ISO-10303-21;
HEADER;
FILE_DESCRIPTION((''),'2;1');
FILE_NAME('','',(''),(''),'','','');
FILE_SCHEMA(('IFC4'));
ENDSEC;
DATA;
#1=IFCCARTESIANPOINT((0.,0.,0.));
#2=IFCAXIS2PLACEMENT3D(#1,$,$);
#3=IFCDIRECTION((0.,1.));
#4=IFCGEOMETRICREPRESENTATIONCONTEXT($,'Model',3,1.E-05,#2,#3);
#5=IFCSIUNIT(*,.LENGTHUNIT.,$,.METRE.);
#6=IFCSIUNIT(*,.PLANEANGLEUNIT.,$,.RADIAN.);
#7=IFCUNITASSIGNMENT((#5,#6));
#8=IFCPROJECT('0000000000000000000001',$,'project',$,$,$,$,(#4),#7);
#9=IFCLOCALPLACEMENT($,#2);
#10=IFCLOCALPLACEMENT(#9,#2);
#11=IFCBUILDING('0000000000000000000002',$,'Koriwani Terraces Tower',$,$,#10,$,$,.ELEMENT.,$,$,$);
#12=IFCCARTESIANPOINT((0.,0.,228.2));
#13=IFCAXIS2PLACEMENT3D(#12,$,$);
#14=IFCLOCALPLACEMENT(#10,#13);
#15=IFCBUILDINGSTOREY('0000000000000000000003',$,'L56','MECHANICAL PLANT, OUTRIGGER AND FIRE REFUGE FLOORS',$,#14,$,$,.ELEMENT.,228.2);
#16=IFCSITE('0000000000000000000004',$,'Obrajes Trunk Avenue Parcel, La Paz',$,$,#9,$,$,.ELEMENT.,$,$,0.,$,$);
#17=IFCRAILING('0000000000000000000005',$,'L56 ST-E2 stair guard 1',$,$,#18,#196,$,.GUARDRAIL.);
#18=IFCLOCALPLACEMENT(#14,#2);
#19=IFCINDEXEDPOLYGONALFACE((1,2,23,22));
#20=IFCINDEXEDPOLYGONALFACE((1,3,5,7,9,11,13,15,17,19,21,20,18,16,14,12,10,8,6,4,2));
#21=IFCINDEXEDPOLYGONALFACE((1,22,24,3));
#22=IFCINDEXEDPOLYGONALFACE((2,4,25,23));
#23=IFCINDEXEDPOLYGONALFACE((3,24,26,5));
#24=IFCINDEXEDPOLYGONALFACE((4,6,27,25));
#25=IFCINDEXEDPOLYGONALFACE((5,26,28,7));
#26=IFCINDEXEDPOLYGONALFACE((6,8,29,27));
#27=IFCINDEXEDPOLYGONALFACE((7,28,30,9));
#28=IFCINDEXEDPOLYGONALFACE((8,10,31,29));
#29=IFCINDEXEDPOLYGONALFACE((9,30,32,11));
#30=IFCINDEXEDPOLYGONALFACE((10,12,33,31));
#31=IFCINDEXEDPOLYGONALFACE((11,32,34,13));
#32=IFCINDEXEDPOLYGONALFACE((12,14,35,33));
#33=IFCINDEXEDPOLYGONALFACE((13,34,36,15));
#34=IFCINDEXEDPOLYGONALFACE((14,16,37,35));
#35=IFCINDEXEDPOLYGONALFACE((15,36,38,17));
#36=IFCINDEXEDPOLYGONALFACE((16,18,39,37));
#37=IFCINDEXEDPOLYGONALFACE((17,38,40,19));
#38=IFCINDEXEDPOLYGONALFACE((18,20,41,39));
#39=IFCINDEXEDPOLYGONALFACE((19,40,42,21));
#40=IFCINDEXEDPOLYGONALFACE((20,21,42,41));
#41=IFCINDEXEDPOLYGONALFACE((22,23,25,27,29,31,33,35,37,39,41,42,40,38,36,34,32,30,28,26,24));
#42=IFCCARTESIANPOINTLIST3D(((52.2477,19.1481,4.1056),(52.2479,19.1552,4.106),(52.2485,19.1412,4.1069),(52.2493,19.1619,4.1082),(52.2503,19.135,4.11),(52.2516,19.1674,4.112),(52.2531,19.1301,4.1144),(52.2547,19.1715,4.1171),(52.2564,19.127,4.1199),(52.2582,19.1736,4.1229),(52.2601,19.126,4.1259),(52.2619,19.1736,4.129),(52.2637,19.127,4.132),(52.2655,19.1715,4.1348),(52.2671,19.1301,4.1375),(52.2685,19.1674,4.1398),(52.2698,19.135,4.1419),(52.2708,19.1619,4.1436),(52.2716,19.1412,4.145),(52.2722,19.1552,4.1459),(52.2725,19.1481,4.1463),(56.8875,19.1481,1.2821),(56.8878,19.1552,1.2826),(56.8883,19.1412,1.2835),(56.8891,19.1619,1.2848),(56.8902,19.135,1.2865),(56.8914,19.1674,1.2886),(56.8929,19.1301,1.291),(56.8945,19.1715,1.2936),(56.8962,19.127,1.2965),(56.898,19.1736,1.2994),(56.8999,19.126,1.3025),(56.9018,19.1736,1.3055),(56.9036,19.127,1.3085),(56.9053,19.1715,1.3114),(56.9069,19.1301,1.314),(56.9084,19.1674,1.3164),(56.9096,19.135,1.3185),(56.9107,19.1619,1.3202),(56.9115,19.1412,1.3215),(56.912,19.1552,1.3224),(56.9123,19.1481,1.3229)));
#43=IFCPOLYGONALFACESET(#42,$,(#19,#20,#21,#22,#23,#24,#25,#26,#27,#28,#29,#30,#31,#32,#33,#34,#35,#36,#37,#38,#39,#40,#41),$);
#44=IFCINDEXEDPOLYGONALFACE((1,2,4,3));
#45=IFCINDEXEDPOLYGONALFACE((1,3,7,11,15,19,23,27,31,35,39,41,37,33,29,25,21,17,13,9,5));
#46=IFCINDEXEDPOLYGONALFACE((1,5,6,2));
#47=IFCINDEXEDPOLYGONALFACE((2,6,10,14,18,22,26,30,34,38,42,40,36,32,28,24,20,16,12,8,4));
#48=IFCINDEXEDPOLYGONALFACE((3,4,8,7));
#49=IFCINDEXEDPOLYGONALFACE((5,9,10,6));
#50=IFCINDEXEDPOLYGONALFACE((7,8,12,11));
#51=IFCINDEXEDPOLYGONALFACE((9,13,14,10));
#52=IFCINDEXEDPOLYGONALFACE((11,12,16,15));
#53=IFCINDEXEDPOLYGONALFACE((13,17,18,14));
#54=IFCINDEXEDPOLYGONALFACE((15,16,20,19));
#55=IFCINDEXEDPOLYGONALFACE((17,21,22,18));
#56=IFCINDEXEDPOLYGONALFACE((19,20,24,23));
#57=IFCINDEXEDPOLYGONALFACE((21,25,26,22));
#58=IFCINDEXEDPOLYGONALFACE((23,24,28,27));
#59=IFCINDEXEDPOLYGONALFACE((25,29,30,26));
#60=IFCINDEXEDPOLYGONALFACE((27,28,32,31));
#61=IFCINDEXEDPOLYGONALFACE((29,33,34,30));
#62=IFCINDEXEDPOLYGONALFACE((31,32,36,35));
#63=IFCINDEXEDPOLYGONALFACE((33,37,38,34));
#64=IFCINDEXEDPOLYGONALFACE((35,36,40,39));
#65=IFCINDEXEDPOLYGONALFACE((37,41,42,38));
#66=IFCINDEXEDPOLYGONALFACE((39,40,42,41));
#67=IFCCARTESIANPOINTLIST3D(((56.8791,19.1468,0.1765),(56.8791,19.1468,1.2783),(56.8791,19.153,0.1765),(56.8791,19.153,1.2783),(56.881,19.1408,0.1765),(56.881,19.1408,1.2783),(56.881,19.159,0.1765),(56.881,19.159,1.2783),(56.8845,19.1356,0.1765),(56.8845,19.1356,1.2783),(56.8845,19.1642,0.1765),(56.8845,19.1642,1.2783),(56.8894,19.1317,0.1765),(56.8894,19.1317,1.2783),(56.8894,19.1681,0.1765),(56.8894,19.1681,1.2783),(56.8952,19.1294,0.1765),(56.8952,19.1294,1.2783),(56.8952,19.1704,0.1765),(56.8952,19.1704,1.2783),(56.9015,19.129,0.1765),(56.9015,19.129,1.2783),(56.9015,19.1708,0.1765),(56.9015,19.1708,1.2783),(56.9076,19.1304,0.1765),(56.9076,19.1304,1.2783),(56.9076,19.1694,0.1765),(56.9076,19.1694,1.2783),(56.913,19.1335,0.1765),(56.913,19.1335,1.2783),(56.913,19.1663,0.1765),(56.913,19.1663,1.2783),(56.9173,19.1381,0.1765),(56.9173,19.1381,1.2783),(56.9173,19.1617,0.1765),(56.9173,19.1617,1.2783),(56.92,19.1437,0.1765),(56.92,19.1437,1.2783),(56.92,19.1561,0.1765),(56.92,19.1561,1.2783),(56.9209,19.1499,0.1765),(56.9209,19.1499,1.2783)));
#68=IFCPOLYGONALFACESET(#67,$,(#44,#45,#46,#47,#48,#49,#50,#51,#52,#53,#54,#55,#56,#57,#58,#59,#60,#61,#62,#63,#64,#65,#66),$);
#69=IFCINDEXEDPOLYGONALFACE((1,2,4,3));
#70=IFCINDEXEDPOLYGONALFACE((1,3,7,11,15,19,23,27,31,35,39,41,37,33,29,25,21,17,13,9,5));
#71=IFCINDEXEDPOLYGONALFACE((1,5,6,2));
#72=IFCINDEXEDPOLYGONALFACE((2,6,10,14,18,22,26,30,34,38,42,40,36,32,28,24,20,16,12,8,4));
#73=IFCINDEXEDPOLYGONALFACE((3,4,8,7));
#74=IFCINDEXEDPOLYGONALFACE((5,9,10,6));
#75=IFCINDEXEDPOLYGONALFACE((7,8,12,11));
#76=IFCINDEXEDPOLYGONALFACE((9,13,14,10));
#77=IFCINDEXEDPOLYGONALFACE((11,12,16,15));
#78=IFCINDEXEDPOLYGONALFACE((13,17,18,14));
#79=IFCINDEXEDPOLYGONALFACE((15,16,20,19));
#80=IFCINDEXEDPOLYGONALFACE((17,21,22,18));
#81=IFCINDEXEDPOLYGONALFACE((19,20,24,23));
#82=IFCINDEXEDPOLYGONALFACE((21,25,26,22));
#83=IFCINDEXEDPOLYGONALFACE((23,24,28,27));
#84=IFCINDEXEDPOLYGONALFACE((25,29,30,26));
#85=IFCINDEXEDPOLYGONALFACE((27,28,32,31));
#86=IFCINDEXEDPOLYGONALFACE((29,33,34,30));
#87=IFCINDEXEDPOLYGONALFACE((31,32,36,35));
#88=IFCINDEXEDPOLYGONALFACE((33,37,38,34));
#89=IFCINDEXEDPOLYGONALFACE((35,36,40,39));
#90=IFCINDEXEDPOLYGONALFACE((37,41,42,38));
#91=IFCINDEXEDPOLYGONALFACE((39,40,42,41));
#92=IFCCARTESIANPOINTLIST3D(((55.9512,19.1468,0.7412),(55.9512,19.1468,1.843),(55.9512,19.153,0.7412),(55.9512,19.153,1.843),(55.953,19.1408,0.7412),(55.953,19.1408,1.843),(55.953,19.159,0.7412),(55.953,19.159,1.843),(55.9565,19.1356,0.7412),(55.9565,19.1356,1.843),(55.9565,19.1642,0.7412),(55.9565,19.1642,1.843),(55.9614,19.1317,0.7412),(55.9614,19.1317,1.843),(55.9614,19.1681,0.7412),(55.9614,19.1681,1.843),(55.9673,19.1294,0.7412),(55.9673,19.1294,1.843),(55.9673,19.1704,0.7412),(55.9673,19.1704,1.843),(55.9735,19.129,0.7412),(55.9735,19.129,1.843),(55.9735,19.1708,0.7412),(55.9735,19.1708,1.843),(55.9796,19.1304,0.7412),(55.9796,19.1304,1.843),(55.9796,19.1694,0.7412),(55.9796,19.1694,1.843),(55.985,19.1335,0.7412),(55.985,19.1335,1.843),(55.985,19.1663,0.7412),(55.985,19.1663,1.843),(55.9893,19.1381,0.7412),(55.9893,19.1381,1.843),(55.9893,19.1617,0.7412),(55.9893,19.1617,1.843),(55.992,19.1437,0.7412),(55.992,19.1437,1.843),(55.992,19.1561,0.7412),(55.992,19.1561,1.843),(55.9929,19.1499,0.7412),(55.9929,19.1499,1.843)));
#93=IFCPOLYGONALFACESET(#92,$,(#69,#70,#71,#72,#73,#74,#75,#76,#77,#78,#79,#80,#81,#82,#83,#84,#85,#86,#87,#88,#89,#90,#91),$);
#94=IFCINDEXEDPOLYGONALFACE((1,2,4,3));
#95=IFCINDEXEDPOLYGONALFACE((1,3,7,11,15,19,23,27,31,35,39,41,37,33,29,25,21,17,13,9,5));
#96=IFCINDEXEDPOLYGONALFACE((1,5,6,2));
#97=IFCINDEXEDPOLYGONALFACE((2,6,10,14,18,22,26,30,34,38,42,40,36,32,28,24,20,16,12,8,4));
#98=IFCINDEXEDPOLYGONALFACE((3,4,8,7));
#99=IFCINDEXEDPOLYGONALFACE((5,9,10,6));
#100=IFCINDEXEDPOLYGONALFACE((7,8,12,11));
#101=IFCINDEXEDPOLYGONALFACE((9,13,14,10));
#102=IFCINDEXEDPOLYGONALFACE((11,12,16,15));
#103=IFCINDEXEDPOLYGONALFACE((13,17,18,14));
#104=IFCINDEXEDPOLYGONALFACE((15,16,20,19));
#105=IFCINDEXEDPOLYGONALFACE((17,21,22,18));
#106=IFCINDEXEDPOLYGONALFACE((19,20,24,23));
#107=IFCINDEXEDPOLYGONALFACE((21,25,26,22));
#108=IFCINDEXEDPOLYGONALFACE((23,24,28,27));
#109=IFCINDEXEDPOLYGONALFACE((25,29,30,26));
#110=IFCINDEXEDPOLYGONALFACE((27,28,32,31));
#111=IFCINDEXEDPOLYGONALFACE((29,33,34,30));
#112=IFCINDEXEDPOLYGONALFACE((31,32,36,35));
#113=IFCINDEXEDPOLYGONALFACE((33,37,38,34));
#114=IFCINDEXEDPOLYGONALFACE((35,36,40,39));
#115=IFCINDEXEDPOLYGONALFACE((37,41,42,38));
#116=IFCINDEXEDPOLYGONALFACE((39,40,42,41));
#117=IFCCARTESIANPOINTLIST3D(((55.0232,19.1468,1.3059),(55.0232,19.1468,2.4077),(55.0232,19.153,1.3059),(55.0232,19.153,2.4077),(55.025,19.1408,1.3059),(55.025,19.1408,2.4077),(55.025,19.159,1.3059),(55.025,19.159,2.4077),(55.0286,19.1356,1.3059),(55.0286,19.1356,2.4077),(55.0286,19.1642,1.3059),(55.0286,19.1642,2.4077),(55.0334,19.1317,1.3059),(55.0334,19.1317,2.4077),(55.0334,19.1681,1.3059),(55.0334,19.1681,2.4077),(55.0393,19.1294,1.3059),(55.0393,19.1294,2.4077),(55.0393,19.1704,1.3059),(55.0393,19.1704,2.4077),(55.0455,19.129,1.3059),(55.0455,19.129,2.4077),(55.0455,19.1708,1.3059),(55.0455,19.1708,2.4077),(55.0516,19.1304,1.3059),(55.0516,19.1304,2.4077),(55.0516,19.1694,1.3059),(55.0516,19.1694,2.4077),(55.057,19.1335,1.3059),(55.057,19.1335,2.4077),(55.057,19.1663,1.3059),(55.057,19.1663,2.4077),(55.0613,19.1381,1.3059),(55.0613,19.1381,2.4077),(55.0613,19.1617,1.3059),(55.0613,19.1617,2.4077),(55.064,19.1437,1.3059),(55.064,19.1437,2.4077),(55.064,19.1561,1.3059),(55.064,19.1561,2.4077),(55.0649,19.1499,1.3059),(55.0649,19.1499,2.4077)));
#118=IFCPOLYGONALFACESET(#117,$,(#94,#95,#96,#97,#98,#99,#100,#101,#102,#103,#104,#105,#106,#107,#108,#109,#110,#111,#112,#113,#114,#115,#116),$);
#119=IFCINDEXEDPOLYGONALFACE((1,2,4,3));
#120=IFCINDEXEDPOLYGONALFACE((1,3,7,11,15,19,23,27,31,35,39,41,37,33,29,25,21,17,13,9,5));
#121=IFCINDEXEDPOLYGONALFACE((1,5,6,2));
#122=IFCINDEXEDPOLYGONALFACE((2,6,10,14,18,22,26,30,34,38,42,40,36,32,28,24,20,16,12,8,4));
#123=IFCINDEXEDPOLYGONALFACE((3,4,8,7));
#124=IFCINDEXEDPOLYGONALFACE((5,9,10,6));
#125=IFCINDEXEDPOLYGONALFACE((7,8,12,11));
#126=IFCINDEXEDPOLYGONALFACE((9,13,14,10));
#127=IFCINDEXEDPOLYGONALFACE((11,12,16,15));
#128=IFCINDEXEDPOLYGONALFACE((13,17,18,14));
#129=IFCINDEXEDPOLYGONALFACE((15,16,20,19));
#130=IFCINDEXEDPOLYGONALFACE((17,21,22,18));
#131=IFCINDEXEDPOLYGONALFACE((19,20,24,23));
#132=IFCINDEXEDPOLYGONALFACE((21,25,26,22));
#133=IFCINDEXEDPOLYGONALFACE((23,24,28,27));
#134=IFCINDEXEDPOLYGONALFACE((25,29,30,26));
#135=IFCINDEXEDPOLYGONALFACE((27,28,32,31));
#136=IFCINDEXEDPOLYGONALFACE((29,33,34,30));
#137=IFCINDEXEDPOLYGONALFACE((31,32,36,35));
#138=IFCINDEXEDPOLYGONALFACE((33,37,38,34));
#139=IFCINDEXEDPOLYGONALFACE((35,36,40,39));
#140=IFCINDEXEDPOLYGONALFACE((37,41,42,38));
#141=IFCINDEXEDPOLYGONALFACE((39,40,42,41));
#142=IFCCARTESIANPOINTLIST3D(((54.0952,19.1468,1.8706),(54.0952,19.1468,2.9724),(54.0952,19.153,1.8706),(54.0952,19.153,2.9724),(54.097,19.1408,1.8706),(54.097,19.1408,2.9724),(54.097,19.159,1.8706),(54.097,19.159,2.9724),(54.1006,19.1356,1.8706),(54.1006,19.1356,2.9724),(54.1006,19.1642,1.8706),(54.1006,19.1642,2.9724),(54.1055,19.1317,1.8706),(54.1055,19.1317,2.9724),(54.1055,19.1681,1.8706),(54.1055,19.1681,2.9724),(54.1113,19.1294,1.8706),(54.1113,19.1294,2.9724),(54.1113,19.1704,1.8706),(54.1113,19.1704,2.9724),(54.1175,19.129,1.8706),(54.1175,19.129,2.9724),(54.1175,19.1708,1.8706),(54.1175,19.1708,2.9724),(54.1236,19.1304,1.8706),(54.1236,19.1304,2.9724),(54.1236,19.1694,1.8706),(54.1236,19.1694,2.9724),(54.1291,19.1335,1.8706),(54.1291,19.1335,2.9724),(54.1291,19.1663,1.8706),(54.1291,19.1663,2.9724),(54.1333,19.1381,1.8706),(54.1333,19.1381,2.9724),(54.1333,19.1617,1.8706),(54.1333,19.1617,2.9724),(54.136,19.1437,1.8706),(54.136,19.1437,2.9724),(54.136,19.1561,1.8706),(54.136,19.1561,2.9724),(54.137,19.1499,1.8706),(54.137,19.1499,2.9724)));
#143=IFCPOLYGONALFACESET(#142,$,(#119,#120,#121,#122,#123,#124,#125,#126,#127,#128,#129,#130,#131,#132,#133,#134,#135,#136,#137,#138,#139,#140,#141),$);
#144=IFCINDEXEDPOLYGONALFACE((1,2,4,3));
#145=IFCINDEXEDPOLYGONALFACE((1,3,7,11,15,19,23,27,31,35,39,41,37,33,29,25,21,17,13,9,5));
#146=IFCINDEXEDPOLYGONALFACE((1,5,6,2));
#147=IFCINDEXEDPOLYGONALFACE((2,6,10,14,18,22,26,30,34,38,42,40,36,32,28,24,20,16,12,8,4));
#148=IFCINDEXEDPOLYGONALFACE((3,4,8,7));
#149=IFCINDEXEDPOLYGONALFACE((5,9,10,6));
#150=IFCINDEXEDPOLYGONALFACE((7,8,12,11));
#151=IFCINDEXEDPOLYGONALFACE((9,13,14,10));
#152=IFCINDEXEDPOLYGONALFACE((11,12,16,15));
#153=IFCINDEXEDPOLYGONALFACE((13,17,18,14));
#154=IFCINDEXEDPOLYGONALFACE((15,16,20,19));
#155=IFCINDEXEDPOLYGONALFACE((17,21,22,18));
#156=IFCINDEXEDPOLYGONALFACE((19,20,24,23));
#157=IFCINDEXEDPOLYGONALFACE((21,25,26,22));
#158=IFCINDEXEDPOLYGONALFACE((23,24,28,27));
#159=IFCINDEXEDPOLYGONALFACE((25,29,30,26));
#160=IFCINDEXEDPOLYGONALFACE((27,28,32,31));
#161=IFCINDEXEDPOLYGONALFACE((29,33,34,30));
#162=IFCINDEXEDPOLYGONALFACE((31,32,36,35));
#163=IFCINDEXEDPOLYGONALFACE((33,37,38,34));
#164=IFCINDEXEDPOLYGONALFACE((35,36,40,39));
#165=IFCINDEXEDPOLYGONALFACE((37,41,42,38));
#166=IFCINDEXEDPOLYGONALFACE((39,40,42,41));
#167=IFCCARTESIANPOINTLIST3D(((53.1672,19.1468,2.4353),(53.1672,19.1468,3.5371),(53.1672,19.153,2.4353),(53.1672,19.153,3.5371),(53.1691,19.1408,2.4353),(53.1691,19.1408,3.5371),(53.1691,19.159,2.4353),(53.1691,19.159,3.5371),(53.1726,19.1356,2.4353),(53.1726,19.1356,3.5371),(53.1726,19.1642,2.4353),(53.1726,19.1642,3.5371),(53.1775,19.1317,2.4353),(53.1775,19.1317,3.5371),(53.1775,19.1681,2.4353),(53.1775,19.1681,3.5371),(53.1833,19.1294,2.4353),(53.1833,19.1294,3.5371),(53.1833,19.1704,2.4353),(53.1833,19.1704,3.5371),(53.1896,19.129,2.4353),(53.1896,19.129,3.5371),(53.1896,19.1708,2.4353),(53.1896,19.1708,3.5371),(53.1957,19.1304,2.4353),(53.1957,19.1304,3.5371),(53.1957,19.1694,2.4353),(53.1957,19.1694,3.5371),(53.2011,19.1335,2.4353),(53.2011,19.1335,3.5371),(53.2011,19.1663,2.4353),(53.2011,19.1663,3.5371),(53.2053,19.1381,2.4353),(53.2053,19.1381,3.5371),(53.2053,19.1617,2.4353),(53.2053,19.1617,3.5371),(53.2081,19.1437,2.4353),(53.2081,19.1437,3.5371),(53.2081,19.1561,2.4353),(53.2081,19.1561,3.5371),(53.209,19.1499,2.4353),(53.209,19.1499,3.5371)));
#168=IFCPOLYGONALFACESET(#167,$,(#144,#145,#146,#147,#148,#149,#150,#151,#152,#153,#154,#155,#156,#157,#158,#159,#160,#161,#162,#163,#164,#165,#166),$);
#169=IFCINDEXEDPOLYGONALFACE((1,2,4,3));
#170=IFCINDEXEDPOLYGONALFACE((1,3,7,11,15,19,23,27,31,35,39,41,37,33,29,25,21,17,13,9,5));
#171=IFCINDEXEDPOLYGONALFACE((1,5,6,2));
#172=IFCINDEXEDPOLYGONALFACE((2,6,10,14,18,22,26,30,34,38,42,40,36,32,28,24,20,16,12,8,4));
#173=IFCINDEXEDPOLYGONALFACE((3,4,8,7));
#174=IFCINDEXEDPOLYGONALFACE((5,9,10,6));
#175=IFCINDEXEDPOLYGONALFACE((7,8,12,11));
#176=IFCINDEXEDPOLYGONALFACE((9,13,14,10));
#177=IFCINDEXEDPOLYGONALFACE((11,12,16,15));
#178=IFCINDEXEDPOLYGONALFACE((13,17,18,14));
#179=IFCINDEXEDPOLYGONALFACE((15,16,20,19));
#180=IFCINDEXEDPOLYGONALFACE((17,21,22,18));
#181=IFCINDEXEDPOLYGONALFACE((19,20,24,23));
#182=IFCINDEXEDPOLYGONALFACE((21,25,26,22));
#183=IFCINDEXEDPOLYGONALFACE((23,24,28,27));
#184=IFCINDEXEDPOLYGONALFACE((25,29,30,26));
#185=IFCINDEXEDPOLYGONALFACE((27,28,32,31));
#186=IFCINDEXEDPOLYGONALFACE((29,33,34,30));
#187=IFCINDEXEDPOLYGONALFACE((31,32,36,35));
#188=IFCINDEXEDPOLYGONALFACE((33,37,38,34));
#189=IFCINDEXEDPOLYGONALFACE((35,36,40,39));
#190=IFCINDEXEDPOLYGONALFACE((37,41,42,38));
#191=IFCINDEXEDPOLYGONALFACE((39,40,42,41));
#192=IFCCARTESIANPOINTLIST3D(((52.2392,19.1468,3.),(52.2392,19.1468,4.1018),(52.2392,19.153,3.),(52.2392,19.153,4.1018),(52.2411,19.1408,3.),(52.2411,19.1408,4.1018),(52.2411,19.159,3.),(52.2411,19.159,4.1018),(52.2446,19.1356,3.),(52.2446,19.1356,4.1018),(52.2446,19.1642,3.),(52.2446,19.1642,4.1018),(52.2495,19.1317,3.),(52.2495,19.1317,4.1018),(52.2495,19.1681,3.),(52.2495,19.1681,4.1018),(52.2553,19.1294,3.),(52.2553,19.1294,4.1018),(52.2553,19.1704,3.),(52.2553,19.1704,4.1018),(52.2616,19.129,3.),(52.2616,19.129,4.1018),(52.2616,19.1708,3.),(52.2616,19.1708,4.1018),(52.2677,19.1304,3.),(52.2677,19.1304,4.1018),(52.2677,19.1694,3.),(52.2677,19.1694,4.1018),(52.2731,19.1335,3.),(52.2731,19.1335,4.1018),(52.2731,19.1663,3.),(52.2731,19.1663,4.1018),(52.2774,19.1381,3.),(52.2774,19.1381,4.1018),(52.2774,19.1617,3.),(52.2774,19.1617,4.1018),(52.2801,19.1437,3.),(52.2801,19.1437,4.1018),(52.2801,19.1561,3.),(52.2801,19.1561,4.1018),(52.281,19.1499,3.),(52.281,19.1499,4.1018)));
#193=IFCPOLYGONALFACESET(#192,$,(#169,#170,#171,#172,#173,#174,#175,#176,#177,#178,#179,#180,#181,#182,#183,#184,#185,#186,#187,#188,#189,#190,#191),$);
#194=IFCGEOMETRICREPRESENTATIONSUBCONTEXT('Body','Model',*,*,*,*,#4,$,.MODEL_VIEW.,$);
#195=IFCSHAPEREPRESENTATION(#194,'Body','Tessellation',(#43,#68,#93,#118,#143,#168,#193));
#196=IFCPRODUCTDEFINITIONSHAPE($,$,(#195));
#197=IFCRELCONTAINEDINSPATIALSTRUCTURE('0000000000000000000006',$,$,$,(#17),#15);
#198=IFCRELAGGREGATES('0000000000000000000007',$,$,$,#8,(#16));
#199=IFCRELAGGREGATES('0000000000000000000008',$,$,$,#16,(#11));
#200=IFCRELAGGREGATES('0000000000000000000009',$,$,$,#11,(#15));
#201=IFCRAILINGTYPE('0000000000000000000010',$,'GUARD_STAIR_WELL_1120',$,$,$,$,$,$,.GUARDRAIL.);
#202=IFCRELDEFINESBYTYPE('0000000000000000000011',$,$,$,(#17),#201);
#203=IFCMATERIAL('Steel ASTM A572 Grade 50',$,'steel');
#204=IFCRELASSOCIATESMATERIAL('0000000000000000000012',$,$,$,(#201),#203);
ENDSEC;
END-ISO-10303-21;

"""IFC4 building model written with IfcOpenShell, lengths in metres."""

from ifc_helpers import new_model, si_unit, direction, frame, origin, origin_2d, place, context, subcontext, project, spatial, circle, extrude, material, type_object, element, save


model = new_model("IFC4")

# Units and contexts
model_context = context("Model", 3, precision=1e-05, world=origin(), true_north=direction((0.0, 1.0)))
body_context = subcontext(model_context, "Body", "Model", "MODEL_VIEW")
ifc_project = project(units=[si_unit("LENGTHUNIT", "METRE"), si_unit("PLANEANGLEUNIT", "RADIAN")], contexts=[model_context])

# Site, building, storey
site_placement = place(None, origin())
site = spatial("IfcSite", under=ifc_project, at=site_placement, Name="Obrajes Trunk Avenue Parcel, La Paz", CompositionType="ELEMENT", RefElevation=0.0)
building_placement = place(site_placement, origin())
building = spatial("IfcBuilding", under=site, at=building_placement, Name="Koriwani Terraces Tower", CompositionType="ELEMENT")
storey_placement = place(building_placement, frame((0.0, 0.0, 228.2)))
storey = spatial("IfcBuildingStorey", under=building, at=storey_placement, Name="L56", Description="MECHANICAL PLANT, OUTRIGGER AND FIRE REFUGE FLOORS", CompositionType="ELEMENT", Elevation=228.2)

# Shared definitions
ifc_material_1 = material(Name="Steel ASTM A572 Grade 50", Category="steel")

# Railing
railing_type_1 = type_object("IfcRailingType", Name="GUARD_STAIR_WELL_1120", PredefinedType="GUARDRAIL", material=ifc_material_1)
railing_1_placement = place(storey_placement, frame((56.8999, 19.1499, 0.1765)))
element("IfcRailing", 1, at=railing_1_placement, inside=storey, type_object=railing_type_1, Name="L56 ST-E2 stair guard 1", PredefinedType="GUARDRAIL", context=body_context, shape_type="SweptSolid", body=[
    extrude(circle(Radius=0.0239, at=origin_2d()), frame((0.0, 0.0, 1.126), z_axis=(-0.854264, 0.0, 0.51984), x_axis=(0.0, -1.0, 0.0)), (0.0, 0.0, 1.0), 5.4314),
    extrude(circle(Radius=0.021, at=origin_2d()), origin(), (0.0, 0.0, 1.0), 1.1018),
    extrude(circle(Radius=0.021, at=origin_2d()), frame((-0.928, 0.0, 0.5647)), (0.0, 0.0, 1.0), 1.1018),
    extrude(circle(Radius=0.021, at=origin_2d()), frame((-1.856, 0.0, 1.1294)), (0.0, 0.0, 1.0), 1.1018),
    extrude(circle(Radius=0.021, at=origin_2d()), frame((-2.7839, 0.0, 1.6941)), (0.0, 0.0, 1.0), 1.1018),
    extrude(circle(Radius=0.021, at=origin_2d()), frame((-3.7119, 0.0, 2.2588)), (0.0, 0.0, 1.0), 1.1018),
    extrude(circle(Radius=0.021, at=origin_2d()), frame((-4.6399, 0.0, 2.8235)), (0.0, 0.0, 1.0), 1.1018),
])

save(model, "model.ifc")
